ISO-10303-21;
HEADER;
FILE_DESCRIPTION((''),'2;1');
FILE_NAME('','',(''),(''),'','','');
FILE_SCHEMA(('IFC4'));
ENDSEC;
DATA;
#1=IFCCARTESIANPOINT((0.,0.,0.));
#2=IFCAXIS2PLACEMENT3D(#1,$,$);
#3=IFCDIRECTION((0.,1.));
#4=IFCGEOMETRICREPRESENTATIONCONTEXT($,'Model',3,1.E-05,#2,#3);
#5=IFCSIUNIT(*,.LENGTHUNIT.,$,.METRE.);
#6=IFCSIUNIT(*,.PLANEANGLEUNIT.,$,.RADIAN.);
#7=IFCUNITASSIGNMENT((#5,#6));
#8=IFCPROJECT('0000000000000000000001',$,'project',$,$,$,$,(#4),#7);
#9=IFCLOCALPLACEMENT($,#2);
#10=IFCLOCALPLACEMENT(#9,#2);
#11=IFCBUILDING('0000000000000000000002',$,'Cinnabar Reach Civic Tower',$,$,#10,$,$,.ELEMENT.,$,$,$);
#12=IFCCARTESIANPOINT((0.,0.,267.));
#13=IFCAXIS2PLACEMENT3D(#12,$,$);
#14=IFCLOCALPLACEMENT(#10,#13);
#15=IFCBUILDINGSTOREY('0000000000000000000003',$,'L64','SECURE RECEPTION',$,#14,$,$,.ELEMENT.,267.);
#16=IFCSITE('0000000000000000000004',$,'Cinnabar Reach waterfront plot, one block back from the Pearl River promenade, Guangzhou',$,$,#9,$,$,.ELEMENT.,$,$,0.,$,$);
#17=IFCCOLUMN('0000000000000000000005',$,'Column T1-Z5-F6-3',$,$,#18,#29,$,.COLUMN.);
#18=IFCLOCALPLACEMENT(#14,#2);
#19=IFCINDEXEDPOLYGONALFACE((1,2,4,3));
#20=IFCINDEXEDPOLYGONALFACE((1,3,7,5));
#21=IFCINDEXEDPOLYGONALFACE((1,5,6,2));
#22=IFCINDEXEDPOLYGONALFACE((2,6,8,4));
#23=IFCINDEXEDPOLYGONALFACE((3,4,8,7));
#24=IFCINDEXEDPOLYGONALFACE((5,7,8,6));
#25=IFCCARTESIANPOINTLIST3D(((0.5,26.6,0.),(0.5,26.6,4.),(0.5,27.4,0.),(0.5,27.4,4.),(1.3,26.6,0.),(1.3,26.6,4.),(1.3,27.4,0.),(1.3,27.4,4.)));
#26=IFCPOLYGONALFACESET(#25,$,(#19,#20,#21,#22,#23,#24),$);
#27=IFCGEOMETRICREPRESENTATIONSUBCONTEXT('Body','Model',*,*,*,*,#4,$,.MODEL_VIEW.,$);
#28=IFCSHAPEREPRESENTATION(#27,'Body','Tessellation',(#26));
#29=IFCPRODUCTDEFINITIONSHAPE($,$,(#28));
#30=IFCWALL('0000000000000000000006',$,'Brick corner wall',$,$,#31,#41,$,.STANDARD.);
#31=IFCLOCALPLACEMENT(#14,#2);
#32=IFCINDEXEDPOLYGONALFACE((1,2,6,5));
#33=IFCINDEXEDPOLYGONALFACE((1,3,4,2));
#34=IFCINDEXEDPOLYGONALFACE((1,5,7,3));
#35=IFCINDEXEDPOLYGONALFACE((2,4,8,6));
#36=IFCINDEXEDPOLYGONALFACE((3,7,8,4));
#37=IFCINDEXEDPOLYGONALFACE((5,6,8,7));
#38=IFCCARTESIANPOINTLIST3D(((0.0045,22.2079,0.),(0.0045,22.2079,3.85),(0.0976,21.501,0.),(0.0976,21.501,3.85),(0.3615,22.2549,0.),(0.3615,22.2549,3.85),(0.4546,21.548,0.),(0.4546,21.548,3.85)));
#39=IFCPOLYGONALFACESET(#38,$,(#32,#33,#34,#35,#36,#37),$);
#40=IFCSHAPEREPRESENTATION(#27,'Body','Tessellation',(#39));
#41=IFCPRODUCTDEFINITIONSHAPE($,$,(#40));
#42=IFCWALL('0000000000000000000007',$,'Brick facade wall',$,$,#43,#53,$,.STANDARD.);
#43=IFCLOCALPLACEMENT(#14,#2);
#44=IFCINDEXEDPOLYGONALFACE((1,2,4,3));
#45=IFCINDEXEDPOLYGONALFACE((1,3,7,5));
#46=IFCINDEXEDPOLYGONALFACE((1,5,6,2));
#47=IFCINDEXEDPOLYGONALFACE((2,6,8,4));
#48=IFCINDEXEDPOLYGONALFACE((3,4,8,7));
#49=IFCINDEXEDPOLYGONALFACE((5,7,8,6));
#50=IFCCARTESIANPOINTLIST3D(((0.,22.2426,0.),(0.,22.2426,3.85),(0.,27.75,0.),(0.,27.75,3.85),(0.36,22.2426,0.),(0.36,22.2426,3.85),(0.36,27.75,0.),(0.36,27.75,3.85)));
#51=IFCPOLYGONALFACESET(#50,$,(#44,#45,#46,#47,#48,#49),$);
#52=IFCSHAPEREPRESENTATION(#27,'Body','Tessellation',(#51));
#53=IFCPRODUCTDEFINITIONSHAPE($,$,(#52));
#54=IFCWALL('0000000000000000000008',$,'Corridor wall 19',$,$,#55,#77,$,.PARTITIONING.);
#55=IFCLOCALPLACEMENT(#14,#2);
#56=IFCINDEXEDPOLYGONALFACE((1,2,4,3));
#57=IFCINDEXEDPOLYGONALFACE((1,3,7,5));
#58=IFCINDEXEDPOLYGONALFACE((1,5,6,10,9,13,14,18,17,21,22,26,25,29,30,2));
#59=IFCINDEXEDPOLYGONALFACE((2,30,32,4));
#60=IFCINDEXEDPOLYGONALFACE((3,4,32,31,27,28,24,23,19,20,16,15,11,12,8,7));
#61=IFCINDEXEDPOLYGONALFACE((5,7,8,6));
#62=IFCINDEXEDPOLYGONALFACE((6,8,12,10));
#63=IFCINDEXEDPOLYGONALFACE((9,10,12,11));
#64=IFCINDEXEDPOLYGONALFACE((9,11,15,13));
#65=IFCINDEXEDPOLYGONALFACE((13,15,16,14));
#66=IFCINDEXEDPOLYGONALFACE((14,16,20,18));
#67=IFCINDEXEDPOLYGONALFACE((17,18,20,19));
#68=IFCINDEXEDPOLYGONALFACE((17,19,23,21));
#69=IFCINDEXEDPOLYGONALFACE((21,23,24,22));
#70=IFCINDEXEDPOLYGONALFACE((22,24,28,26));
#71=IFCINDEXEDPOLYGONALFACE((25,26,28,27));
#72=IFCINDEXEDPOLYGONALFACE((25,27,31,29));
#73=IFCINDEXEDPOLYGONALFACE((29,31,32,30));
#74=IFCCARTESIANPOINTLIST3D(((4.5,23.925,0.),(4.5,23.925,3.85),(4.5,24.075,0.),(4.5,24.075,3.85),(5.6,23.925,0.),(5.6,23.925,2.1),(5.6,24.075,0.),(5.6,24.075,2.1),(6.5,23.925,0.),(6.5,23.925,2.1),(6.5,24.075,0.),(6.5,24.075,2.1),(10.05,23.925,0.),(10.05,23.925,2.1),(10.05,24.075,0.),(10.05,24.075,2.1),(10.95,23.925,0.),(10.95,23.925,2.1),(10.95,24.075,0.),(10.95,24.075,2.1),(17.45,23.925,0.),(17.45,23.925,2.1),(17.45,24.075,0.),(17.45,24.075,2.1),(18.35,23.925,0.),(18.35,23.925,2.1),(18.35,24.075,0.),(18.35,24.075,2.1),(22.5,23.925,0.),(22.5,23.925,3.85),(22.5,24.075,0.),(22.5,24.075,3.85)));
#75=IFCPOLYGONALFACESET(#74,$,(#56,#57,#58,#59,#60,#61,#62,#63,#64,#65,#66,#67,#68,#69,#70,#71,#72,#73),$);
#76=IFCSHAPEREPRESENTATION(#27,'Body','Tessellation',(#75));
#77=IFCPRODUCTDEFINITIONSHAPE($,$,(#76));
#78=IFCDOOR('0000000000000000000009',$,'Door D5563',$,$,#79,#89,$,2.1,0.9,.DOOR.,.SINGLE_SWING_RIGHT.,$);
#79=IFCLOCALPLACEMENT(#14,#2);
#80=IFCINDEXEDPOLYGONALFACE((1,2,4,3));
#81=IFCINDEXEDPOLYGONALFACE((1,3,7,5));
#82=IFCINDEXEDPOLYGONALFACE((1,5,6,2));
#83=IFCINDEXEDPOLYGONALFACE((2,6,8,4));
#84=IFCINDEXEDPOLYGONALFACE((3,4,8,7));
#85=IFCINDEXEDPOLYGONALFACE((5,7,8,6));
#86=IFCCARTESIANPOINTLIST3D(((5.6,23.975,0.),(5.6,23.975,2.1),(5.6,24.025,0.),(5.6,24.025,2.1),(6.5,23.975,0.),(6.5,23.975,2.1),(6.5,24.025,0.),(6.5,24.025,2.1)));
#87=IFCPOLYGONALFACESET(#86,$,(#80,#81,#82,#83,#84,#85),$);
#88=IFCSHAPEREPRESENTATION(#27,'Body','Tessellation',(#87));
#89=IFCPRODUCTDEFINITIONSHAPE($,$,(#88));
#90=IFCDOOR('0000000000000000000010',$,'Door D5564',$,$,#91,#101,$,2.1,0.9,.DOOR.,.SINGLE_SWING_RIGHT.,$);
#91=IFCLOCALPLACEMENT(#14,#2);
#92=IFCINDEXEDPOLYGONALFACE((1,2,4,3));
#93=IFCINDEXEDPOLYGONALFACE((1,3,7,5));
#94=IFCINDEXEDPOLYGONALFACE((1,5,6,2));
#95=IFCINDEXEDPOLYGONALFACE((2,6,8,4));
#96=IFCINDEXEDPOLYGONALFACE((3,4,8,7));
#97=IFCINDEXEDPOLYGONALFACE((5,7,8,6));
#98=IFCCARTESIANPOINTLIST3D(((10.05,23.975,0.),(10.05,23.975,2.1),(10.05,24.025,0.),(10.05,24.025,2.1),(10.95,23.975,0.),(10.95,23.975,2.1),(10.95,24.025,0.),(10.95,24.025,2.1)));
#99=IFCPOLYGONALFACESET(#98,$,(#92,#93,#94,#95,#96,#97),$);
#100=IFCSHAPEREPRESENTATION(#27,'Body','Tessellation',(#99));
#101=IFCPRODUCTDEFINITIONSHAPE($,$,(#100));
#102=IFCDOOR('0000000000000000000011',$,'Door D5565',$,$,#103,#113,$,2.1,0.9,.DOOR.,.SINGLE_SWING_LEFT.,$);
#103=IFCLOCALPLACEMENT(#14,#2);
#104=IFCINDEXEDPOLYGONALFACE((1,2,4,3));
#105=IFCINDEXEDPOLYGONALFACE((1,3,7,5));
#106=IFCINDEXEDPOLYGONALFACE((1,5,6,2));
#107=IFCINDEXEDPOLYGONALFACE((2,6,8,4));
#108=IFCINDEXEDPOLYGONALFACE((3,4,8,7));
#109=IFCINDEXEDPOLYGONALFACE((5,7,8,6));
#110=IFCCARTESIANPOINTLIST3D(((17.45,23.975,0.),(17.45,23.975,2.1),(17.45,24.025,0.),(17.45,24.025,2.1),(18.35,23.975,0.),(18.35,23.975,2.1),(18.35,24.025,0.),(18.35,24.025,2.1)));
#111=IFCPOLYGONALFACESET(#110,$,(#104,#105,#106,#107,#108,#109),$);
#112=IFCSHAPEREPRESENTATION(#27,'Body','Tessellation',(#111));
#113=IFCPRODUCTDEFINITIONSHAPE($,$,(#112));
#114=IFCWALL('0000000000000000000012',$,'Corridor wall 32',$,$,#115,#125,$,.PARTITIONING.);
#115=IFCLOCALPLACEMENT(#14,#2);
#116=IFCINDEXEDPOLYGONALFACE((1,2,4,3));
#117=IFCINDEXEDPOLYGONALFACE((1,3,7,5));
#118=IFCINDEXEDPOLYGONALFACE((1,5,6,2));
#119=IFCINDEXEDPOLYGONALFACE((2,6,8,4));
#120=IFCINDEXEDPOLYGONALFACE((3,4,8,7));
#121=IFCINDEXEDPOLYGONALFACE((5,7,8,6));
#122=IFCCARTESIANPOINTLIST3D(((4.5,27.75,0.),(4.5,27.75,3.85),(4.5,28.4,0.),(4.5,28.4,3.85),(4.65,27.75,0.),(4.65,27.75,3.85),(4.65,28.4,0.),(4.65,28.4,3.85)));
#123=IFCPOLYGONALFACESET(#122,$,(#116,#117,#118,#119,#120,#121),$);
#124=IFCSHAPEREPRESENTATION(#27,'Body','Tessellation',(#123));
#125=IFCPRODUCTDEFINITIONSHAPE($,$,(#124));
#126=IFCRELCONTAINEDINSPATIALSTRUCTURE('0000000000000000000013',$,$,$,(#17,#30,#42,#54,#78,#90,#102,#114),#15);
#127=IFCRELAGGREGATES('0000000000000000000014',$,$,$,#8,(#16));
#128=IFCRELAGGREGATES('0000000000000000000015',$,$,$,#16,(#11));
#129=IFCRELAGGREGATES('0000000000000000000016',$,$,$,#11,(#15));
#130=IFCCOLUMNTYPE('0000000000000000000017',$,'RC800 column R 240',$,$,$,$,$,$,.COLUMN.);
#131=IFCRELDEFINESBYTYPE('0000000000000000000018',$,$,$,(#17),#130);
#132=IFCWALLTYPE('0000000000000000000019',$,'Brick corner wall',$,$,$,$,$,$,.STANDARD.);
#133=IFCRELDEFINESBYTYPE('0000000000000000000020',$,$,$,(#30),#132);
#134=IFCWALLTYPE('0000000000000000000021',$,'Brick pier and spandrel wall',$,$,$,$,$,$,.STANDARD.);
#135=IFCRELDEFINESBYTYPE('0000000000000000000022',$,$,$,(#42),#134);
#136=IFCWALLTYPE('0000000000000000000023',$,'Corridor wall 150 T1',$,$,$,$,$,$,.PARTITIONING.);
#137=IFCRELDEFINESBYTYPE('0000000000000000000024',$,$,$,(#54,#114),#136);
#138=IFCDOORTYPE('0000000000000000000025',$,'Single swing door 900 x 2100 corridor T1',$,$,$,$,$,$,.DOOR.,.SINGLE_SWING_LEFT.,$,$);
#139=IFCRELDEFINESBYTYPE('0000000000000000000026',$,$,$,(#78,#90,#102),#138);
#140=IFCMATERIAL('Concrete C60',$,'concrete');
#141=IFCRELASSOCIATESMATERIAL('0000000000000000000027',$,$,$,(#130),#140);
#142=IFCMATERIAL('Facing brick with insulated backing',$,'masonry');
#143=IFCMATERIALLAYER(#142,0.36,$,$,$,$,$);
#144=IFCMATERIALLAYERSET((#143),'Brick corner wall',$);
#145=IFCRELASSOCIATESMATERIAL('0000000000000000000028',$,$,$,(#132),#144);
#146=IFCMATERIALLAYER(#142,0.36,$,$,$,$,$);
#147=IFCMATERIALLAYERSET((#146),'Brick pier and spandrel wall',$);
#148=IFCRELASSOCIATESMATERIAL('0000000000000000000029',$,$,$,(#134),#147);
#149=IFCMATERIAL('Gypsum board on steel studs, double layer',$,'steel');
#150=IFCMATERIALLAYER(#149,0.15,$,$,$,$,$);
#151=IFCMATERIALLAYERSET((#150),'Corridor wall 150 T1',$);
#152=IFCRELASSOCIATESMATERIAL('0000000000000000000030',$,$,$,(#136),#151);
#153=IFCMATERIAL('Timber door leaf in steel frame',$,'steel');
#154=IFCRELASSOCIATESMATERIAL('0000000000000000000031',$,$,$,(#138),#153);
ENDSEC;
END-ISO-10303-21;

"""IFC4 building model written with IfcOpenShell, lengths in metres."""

from ifc_helpers import new_model, si_unit, direction, frame, frame_2d, origin, origin_2d, place, context, subcontext, project, spatial, rectangle, extrude, material, layer, layer_set, material_profile, profile_set, type_object, element, fill, save


model = new_model("IFC4")

# Units and contexts
model_context = context("Model", 3, precision=1e-05, world=origin(), true_north=direction((0.0, 1.0)))
body_context = subcontext(model_context, "Body", "Model", "MODEL_VIEW")
ifc_project = project(units=[si_unit("LENGTHUNIT", "METRE"), si_unit("PLANEANGLEUNIT", "RADIAN")], contexts=[model_context])

# Site, building, storey
site_placement = place(None, origin())
site = spatial("IfcSite", under=ifc_project, at=site_placement, Name="Cinnabar Reach waterfront plot, one block back from the Pearl River promenade, Guangzhou", CompositionType="ELEMENT", RefElevation=0.0)
building_placement = place(site_placement, origin())
building = spatial("IfcBuilding", under=site, at=building_placement, Name="Cinnabar Reach Civic Tower", CompositionType="ELEMENT")
storey_placement = place(building_placement, frame((0.0, 0.0, 267.0)))
storey = spatial("IfcBuildingStorey", under=building, at=storey_placement, Name="L64", Description="SECURE RECEPTION", CompositionType="ELEMENT", Elevation=267.0)

# Column
ifc_material_1 = material(Name="Concrete C60", Category="concrete")
ifc_material_profile = material_profile(ifc_material_1, rectangle(XDim=0.8, YDim=0.8, at=origin_2d()), Name="RC800")
ifc_profile_set = profile_set([ifc_material_profile], Name="Concrete C60")
column_type = type_object("IfcColumnType", Name="RC800 column R 240", PredefinedType="COLUMN", material=ifc_profile_set)
column_placement = place(storey_placement, frame((0.9, 27.0, 0.0), z_axis=(0.0, 0.0, 1.0), x_axis=(1.0, 0.0, 0.0)))
element("IfcColumn", 1, at=column_placement, inside=storey, type_object=column_type, Name="Column T1-Z5-F6-3", PredefinedType="COLUMN", context=body_context, shape_type="SweptSolid", body=[
    extrude(rectangle(XDim=0.8, YDim=0.8, at=origin_2d()), origin(), (0.0, 0.0, 1.0), 4.0),
])

# Walls
ifc_material_2 = material(Name="Facing brick with insulated backing", Category="masonry")
ifc_layer_1 = layer(ifc_material_2, 0.36)
ifc_layer_set_1 = layer_set([ifc_layer_1], Name="Brick corner wall")
wall_type_1 = type_object("IfcWallType", Name="Brick corner wall", PredefinedType="STANDARD", material=ifc_layer_set_1)
wall_1_placement = place(storey_placement, frame((0.183, 22.2314, 0.0), z_axis=(0.0, 0.0, 1.0), x_axis=(0.130556, -0.991441, 0.0)))
element("IfcWall", 2, at=wall_1_placement, inside=storey, type_object=wall_type_1, Name="Brick corner wall", PredefinedType="STANDARD", context=body_context, shape_type="SweptSolid", body=[
    extrude(rectangle(XDim=0.7131, YDim=0.36, at=frame_2d((0.3565, 0.0))), origin(), (0.0, 0.0, 1.0), 3.85),
])
ifc_layer_2 = layer(ifc_material_2, 0.36)
ifc_layer_set_2 = layer_set([ifc_layer_2], Name="Brick pier and spandrel wall")
wall_type_2 = type_object("IfcWallType", Name="Brick pier and spandrel wall", PredefinedType="STANDARD", material=ifc_layer_set_2)
wall_2_placement = place(storey_placement, frame((0.18, 27.75, 0.0), z_axis=(0.0, 0.0, 1.0), x_axis=(0.0, -1.0, 0.0)))
element("IfcWall", 3, at=wall_2_placement, inside=storey, type_object=wall_type_2, Name="Brick facade wall", PredefinedType="STANDARD", context=body_context, shape_type="SweptSolid", body=[
    extrude(rectangle(XDim=5.5074, YDim=0.36, at=frame_2d((2.7537, 0.0))), origin(), (0.0, 0.0, 1.0), 3.85),
])

# Wall, openings, doors
ifc_material_3 = material(Name="Gypsum board on steel studs, double layer", Category="steel")
ifc_layer_3 = layer(ifc_material_3, 0.15)
ifc_layer_set_3 = layer_set([ifc_layer_3], Name="Corridor wall 150 T1")
wall_type_3 = type_object("IfcWallType", Name="Corridor wall 150 T1", PredefinedType="PARTITIONING", material=ifc_layer_set_3)
wall_3_placement = place(storey_placement, frame((4.5, 24.0, 0.0), z_axis=(0.0, 0.0, 1.0), x_axis=(1.0, 0.0, 0.0)))
wall_3 = element("IfcWall", 4, at=wall_3_placement, inside=storey, type_object=wall_type_3, Name="Corridor wall 19", PredefinedType="PARTITIONING", context=body_context, shape_type="SweptSolid", body=[
    extrude(rectangle(XDim=18.0, YDim=0.15, at=frame_2d((9.0, 0.0))), origin(), (0.0, 0.0, 1.0), 3.85),
])
opening_1_placement = place(wall_3_placement, frame((1.1, 0.0, 0.0)))
opening_1 = element("IfcOpeningElement", 5, at=opening_1_placement, cuts=wall_3, PredefinedType="OPENING", context=body_context, shape_type="SweptSolid", body=[
    extrude(rectangle(XDim=0.9, YDim=2.1, at=frame_2d((0.45, 1.05))), frame((0.0, 0.085, 0.0), z_axis=(0.0, -1.0, 0.0), x_axis=(1.0, 0.0, 0.0)), (0.0, 0.0, 1.0), 0.17),
])
opening_2_placement = place(wall_3_placement, frame((5.55, 0.0, 0.0)))
opening_2 = element("IfcOpeningElement", 6, at=opening_2_placement, cuts=wall_3, PredefinedType="OPENING", context=body_context, shape_type="SweptSolid", body=[
    extrude(rectangle(XDim=0.9, YDim=2.1, at=frame_2d((0.45, 1.05))), frame((0.0, 0.085, 0.0), z_axis=(0.0, -1.0, 0.0), x_axis=(1.0, 0.0, 0.0)), (0.0, 0.0, 1.0), 0.17),
])
opening_3_placement = place(wall_3_placement, frame((12.95, 0.0, 0.0)))
opening_3 = element("IfcOpeningElement", 7, at=opening_3_placement, cuts=wall_3, PredefinedType="OPENING", context=body_context, shape_type="SweptSolid", body=[
    extrude(rectangle(XDim=0.9, YDim=2.1, at=frame_2d((0.45, 1.05))), frame((0.0, 0.085, 0.0), z_axis=(0.0, -1.0, 0.0), x_axis=(1.0, 0.0, 0.0)), (0.0, 0.0, 1.0), 0.17),
])
ifc_material_4 = material(Name="Timber door leaf in steel frame", Category="steel")
door_type_1 = type_object("IfcDoorType", Name="Single swing door 900 x 2100 corridor T1", OperationType="SINGLE_SWING_LEFT", PredefinedType="DOOR", material=ifc_material_4)
door_1_placement = place(opening_1_placement, frame((0.9, 0.0, 0.0), z_axis=(0.0, 0.0, 1.0), x_axis=(-1.0, 0.0, 0.0)))
door_1 = element("IfcDoor", 8, at=door_1_placement, inside=storey, type_object=door_type_1, Name="Door D5563", OperationType="SINGLE_SWING_RIGHT", OverallHeight=2.1, OverallWidth=0.9, PredefinedType="DOOR", context=body_context, shape_type="SweptSolid", body=[
    extrude(rectangle(XDim=0.9, YDim=2.1, at=frame_2d((0.45, 1.05))), frame((0.0, 0.025, 0.0), z_axis=(0.0, -1.0, 0.0), x_axis=(1.0, 0.0, 0.0)), (0.0, 0.0, 1.0), 0.05),
])
fill(opening_1, door_1)
door_2_placement = place(opening_2_placement, frame((0.9, 0.0, 0.0), z_axis=(0.0, 0.0, 1.0), x_axis=(-1.0, 0.0, 0.0)))
door_2 = element("IfcDoor", 9, at=door_2_placement, inside=storey, type_object=door_type_1, Name="Door D5564", OperationType="SINGLE_SWING_RIGHT", OverallHeight=2.1, OverallWidth=0.9, PredefinedType="DOOR", context=body_context, shape_type="SweptSolid", body=[
    extrude(rectangle(XDim=0.9, YDim=2.1, at=frame_2d((0.45, 1.05))), frame((0.0, 0.025, 0.0), z_axis=(0.0, -1.0, 0.0), x_axis=(1.0, 0.0, 0.0)), (0.0, 0.0, 1.0), 0.05),
])
fill(opening_2, door_2)
door_3_placement = place(opening_3_placement, frame((0.9, 0.0, 0.0), z_axis=(0.0, 0.0, 1.0), x_axis=(-1.0, 0.0, 0.0)))
door_3 = element("IfcDoor", 10, at=door_3_placement, inside=storey, type_object=door_type_1, Name="Door D5565", OperationType="SINGLE_SWING_LEFT", OverallHeight=2.1, OverallWidth=0.9, PredefinedType="DOOR", context=body_context, shape_type="SweptSolid", body=[
    extrude(rectangle(XDim=0.9, YDim=2.1, at=frame_2d((0.45, 1.05))), frame((0.0, 0.025, 0.0), z_axis=(0.0, -1.0, 0.0), x_axis=(1.0, 0.0, 0.0)), (0.0, 0.0, 1.0), 0.05),
])
fill(opening_3, door_3)

# Wall
wall_4_placement = place(storey_placement, frame((4.575, 27.75, 0.0), z_axis=(0.0, 0.0, 1.0), x_axis=(0.0, 1.0, 0.0)))
element("IfcWall", 11, at=wall_4_placement, inside=storey, type_object=wall_type_3, Name="Corridor wall 32", PredefinedType="PARTITIONING", context=body_context, shape_type="SweptSolid", body=[
    extrude(rectangle(XDim=0.65, YDim=0.15, at=frame_2d((0.325, 0.0))), origin(), (0.0, 0.0, 1.0), 3.85),
])

save(model, "model.ifc")
